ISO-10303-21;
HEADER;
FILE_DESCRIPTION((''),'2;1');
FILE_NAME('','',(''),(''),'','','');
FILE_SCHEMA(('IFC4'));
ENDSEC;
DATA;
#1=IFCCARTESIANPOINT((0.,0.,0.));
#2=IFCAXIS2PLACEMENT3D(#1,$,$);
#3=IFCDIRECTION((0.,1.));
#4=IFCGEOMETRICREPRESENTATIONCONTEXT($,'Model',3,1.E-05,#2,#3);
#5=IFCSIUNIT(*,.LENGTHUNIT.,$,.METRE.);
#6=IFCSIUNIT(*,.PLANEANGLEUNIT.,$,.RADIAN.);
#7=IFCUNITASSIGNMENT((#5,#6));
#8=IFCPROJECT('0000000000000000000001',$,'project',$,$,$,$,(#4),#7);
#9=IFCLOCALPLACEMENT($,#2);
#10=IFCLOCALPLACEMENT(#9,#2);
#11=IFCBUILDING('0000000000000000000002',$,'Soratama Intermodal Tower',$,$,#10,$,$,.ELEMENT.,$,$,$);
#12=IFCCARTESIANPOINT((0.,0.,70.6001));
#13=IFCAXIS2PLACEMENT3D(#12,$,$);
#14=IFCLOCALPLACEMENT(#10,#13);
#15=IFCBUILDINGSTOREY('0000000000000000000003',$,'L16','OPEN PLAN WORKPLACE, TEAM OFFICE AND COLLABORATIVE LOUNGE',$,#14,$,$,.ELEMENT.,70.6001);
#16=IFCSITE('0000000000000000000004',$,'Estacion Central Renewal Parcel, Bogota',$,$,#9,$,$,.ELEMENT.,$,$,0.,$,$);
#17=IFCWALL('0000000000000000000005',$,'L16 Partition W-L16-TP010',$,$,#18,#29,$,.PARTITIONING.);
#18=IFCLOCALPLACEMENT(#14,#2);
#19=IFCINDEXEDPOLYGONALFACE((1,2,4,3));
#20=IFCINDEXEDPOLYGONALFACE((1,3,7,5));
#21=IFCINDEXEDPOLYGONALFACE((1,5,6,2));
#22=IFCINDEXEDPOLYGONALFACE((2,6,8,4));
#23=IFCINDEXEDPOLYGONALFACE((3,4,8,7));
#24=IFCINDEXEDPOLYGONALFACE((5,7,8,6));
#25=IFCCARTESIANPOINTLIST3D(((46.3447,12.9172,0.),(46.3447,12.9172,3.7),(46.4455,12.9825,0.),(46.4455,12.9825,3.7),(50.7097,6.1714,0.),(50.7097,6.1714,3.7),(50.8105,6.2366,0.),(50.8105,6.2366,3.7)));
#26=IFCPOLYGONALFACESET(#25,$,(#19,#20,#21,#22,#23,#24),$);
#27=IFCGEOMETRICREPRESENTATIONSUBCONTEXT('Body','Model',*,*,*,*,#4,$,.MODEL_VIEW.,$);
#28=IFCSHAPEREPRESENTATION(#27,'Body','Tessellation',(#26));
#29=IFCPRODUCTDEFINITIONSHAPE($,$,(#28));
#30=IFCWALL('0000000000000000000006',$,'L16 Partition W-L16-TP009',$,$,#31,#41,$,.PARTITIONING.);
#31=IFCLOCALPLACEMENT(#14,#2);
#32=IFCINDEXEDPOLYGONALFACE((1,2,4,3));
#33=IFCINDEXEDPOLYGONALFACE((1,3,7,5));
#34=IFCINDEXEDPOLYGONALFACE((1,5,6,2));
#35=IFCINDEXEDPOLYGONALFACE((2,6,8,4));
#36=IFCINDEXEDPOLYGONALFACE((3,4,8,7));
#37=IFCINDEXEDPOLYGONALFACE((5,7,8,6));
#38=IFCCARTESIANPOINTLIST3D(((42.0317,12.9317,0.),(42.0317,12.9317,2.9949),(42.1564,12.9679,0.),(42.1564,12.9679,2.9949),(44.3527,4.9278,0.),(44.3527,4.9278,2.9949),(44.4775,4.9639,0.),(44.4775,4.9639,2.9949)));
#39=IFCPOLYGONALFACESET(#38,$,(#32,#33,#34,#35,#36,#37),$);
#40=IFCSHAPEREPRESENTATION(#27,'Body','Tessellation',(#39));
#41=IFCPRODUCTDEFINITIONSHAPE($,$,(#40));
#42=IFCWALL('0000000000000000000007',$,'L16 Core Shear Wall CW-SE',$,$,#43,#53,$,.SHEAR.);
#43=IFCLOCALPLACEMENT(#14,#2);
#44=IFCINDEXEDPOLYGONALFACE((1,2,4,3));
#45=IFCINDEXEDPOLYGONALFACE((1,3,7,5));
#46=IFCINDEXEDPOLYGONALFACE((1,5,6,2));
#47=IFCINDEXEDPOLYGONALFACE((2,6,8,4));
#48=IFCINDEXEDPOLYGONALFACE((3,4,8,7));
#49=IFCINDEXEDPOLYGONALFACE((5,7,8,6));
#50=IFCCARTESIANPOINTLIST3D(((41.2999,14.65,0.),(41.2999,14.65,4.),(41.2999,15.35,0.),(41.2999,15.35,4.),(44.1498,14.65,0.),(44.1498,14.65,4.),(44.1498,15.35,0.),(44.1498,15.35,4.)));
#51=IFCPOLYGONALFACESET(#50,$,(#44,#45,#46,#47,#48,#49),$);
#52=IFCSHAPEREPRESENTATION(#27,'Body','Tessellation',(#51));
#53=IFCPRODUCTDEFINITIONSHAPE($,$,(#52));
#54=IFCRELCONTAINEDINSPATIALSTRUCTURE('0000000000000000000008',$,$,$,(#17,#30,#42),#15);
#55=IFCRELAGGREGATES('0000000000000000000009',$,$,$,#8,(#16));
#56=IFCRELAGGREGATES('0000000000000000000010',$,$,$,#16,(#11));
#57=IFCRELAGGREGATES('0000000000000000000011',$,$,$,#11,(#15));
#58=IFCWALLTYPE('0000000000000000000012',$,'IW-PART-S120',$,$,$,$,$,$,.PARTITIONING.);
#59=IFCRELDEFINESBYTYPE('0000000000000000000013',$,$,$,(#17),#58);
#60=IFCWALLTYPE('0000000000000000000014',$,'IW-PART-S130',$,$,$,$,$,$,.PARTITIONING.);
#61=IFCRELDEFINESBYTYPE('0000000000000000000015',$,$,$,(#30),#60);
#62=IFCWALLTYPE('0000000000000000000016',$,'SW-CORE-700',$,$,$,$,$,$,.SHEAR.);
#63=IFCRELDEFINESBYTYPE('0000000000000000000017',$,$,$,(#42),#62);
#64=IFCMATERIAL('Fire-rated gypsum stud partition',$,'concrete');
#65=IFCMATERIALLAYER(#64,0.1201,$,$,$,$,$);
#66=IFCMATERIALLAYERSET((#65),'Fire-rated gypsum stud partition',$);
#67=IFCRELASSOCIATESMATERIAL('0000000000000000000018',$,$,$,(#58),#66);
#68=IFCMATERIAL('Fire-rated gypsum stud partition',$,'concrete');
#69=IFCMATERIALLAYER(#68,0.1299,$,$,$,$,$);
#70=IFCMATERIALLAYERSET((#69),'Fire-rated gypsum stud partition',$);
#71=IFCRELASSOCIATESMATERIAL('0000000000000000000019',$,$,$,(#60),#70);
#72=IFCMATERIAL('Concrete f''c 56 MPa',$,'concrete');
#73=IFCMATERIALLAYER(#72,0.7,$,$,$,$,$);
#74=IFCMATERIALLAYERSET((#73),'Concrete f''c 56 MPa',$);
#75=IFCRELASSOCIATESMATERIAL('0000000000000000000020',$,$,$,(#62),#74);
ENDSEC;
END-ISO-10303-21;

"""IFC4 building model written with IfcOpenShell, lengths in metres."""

from ifc_helpers import new_model, si_unit, direction, frame, frame_2d, origin, place, context, subcontext, project, spatial, rectangle, extrude, material, layer, layer_set, type_object, element, save


model = new_model("IFC4")

# Units and contexts
model_context = context("Model", 3, precision=1e-05, world=origin(), true_north=direction((0.0, 1.0)))
body_context = subcontext(model_context, "Body", "Model", "MODEL_VIEW")
ifc_project = project(units=[si_unit("LENGTHUNIT", "METRE"), si_unit("PLANEANGLEUNIT", "RADIAN")], contexts=[model_context])

# Site, building, storey
site_placement = place(None, origin())
site = spatial("IfcSite", under=ifc_project, at=site_placement, Name="Estacion Central Renewal Parcel, Bogota", CompositionType="ELEMENT", RefElevation=0.0)
building_placement = place(site_placement, origin())
building = spatial("IfcBuilding", under=site, at=building_placement, Name="Soratama Intermodal Tower", CompositionType="ELEMENT")
storey_placement = place(building_placement, frame((0.0, 0.0, 70.6001)))
storey = spatial("IfcBuildingStorey", under=building, at=storey_placement, Name="L16", Description="OPEN PLAN WORKPLACE, TEAM OFFICE AND COLLABORATIVE LOUNGE", CompositionType="ELEMENT", Elevation=70.6001)

# Walls
ifc_material_1 = material(Name="Fire-rated gypsum stud partition", Category="concrete")
ifc_layer_1 = layer(ifc_material_1, 0.1201)
ifc_layer_set_1 = layer_set([ifc_layer_1], Name="Fire-rated gypsum stud partition")
wall_type_1 = type_object("IfcWallType", Name="IW-PART-S120", PredefinedType="PARTITIONING", material=ifc_layer_set_1)
wall_1_placement = place(storey_placement, frame((46.395, 12.95, 0.0), z_axis=(0.0, 0.0, 1.0), x_axis=(0.543254, -0.839569, 0.0)))
element("IfcWall", 1, at=wall_1_placement, inside=storey, type_object=wall_type_1, Name="L16 Partition W-L16-TP010", PredefinedType="PARTITIONING", context=body_context, shape_type="SweptSolid", body=[
    extrude(rectangle(XDim=8.0349, YDim=0.1201, at=frame_2d((4.0176, 0.0))), origin(), (0.0, 0.0, 1.0), 3.7),
])
ifc_material_2 = material(Name="Fire-rated gypsum stud partition", Category="concrete")
ifc_layer_2 = layer(ifc_material_2, 0.1299)
ifc_layer_set_2 = layer_set([ifc_layer_2], Name="Fire-rated gypsum stud partition")
wall_type_2 = type_object("IfcWallType", Name="IW-PART-S130", PredefinedType="PARTITIONING", material=ifc_layer_set_2)
wall_2_placement = place(storey_placement, frame((42.094, 12.95, 0.0), z_axis=(0.0, 0.0, 1.0), x_axis=(0.278515, -0.960432, 0.0)))
element("IfcWall", 2, at=wall_2_placement, inside=storey, type_object=wall_type_2, Name="L16 Partition W-L16-TP009", PredefinedType="PARTITIONING", context=body_context, shape_type="SweptSolid", body=[
    extrude(rectangle(XDim=8.3337, YDim=0.1299, at=frame_2d((4.167, 0.0))), origin(), (0.0, 0.0, 1.0), 2.9949),
])
ifc_material_3 = material(Name="Concrete f'c 56 MPa", Category="concrete")
ifc_layer_3 = layer(ifc_material_3, 0.7)
ifc_layer_set_3 = layer_set([ifc_layer_3], Name="Concrete f'c 56 MPa")
wall_type_3 = type_object("IfcWallType", Name="SW-CORE-700", PredefinedType="SHEAR", material=ifc_layer_set_3)
wall_3_placement = place(storey_placement, frame((41.3, 15.0, 0.0), z_axis=(0.0, 0.0, 1.0), x_axis=(1.0, 0.0, 0.0)))
element("IfcWall", 3, at=wall_3_placement, inside=storey, type_object=wall_type_3, Name="L16 Core Shear Wall CW-SE", PredefinedType="SHEAR", context=body_context, shape_type="SweptSolid", body=[
    extrude(rectangle(XDim=2.8499, YDim=0.7, at=frame_2d((1.4248, 0.0))), origin(), (0.0, 0.0, 1.0), 4.0),
])

save(model, "model.ifc")
